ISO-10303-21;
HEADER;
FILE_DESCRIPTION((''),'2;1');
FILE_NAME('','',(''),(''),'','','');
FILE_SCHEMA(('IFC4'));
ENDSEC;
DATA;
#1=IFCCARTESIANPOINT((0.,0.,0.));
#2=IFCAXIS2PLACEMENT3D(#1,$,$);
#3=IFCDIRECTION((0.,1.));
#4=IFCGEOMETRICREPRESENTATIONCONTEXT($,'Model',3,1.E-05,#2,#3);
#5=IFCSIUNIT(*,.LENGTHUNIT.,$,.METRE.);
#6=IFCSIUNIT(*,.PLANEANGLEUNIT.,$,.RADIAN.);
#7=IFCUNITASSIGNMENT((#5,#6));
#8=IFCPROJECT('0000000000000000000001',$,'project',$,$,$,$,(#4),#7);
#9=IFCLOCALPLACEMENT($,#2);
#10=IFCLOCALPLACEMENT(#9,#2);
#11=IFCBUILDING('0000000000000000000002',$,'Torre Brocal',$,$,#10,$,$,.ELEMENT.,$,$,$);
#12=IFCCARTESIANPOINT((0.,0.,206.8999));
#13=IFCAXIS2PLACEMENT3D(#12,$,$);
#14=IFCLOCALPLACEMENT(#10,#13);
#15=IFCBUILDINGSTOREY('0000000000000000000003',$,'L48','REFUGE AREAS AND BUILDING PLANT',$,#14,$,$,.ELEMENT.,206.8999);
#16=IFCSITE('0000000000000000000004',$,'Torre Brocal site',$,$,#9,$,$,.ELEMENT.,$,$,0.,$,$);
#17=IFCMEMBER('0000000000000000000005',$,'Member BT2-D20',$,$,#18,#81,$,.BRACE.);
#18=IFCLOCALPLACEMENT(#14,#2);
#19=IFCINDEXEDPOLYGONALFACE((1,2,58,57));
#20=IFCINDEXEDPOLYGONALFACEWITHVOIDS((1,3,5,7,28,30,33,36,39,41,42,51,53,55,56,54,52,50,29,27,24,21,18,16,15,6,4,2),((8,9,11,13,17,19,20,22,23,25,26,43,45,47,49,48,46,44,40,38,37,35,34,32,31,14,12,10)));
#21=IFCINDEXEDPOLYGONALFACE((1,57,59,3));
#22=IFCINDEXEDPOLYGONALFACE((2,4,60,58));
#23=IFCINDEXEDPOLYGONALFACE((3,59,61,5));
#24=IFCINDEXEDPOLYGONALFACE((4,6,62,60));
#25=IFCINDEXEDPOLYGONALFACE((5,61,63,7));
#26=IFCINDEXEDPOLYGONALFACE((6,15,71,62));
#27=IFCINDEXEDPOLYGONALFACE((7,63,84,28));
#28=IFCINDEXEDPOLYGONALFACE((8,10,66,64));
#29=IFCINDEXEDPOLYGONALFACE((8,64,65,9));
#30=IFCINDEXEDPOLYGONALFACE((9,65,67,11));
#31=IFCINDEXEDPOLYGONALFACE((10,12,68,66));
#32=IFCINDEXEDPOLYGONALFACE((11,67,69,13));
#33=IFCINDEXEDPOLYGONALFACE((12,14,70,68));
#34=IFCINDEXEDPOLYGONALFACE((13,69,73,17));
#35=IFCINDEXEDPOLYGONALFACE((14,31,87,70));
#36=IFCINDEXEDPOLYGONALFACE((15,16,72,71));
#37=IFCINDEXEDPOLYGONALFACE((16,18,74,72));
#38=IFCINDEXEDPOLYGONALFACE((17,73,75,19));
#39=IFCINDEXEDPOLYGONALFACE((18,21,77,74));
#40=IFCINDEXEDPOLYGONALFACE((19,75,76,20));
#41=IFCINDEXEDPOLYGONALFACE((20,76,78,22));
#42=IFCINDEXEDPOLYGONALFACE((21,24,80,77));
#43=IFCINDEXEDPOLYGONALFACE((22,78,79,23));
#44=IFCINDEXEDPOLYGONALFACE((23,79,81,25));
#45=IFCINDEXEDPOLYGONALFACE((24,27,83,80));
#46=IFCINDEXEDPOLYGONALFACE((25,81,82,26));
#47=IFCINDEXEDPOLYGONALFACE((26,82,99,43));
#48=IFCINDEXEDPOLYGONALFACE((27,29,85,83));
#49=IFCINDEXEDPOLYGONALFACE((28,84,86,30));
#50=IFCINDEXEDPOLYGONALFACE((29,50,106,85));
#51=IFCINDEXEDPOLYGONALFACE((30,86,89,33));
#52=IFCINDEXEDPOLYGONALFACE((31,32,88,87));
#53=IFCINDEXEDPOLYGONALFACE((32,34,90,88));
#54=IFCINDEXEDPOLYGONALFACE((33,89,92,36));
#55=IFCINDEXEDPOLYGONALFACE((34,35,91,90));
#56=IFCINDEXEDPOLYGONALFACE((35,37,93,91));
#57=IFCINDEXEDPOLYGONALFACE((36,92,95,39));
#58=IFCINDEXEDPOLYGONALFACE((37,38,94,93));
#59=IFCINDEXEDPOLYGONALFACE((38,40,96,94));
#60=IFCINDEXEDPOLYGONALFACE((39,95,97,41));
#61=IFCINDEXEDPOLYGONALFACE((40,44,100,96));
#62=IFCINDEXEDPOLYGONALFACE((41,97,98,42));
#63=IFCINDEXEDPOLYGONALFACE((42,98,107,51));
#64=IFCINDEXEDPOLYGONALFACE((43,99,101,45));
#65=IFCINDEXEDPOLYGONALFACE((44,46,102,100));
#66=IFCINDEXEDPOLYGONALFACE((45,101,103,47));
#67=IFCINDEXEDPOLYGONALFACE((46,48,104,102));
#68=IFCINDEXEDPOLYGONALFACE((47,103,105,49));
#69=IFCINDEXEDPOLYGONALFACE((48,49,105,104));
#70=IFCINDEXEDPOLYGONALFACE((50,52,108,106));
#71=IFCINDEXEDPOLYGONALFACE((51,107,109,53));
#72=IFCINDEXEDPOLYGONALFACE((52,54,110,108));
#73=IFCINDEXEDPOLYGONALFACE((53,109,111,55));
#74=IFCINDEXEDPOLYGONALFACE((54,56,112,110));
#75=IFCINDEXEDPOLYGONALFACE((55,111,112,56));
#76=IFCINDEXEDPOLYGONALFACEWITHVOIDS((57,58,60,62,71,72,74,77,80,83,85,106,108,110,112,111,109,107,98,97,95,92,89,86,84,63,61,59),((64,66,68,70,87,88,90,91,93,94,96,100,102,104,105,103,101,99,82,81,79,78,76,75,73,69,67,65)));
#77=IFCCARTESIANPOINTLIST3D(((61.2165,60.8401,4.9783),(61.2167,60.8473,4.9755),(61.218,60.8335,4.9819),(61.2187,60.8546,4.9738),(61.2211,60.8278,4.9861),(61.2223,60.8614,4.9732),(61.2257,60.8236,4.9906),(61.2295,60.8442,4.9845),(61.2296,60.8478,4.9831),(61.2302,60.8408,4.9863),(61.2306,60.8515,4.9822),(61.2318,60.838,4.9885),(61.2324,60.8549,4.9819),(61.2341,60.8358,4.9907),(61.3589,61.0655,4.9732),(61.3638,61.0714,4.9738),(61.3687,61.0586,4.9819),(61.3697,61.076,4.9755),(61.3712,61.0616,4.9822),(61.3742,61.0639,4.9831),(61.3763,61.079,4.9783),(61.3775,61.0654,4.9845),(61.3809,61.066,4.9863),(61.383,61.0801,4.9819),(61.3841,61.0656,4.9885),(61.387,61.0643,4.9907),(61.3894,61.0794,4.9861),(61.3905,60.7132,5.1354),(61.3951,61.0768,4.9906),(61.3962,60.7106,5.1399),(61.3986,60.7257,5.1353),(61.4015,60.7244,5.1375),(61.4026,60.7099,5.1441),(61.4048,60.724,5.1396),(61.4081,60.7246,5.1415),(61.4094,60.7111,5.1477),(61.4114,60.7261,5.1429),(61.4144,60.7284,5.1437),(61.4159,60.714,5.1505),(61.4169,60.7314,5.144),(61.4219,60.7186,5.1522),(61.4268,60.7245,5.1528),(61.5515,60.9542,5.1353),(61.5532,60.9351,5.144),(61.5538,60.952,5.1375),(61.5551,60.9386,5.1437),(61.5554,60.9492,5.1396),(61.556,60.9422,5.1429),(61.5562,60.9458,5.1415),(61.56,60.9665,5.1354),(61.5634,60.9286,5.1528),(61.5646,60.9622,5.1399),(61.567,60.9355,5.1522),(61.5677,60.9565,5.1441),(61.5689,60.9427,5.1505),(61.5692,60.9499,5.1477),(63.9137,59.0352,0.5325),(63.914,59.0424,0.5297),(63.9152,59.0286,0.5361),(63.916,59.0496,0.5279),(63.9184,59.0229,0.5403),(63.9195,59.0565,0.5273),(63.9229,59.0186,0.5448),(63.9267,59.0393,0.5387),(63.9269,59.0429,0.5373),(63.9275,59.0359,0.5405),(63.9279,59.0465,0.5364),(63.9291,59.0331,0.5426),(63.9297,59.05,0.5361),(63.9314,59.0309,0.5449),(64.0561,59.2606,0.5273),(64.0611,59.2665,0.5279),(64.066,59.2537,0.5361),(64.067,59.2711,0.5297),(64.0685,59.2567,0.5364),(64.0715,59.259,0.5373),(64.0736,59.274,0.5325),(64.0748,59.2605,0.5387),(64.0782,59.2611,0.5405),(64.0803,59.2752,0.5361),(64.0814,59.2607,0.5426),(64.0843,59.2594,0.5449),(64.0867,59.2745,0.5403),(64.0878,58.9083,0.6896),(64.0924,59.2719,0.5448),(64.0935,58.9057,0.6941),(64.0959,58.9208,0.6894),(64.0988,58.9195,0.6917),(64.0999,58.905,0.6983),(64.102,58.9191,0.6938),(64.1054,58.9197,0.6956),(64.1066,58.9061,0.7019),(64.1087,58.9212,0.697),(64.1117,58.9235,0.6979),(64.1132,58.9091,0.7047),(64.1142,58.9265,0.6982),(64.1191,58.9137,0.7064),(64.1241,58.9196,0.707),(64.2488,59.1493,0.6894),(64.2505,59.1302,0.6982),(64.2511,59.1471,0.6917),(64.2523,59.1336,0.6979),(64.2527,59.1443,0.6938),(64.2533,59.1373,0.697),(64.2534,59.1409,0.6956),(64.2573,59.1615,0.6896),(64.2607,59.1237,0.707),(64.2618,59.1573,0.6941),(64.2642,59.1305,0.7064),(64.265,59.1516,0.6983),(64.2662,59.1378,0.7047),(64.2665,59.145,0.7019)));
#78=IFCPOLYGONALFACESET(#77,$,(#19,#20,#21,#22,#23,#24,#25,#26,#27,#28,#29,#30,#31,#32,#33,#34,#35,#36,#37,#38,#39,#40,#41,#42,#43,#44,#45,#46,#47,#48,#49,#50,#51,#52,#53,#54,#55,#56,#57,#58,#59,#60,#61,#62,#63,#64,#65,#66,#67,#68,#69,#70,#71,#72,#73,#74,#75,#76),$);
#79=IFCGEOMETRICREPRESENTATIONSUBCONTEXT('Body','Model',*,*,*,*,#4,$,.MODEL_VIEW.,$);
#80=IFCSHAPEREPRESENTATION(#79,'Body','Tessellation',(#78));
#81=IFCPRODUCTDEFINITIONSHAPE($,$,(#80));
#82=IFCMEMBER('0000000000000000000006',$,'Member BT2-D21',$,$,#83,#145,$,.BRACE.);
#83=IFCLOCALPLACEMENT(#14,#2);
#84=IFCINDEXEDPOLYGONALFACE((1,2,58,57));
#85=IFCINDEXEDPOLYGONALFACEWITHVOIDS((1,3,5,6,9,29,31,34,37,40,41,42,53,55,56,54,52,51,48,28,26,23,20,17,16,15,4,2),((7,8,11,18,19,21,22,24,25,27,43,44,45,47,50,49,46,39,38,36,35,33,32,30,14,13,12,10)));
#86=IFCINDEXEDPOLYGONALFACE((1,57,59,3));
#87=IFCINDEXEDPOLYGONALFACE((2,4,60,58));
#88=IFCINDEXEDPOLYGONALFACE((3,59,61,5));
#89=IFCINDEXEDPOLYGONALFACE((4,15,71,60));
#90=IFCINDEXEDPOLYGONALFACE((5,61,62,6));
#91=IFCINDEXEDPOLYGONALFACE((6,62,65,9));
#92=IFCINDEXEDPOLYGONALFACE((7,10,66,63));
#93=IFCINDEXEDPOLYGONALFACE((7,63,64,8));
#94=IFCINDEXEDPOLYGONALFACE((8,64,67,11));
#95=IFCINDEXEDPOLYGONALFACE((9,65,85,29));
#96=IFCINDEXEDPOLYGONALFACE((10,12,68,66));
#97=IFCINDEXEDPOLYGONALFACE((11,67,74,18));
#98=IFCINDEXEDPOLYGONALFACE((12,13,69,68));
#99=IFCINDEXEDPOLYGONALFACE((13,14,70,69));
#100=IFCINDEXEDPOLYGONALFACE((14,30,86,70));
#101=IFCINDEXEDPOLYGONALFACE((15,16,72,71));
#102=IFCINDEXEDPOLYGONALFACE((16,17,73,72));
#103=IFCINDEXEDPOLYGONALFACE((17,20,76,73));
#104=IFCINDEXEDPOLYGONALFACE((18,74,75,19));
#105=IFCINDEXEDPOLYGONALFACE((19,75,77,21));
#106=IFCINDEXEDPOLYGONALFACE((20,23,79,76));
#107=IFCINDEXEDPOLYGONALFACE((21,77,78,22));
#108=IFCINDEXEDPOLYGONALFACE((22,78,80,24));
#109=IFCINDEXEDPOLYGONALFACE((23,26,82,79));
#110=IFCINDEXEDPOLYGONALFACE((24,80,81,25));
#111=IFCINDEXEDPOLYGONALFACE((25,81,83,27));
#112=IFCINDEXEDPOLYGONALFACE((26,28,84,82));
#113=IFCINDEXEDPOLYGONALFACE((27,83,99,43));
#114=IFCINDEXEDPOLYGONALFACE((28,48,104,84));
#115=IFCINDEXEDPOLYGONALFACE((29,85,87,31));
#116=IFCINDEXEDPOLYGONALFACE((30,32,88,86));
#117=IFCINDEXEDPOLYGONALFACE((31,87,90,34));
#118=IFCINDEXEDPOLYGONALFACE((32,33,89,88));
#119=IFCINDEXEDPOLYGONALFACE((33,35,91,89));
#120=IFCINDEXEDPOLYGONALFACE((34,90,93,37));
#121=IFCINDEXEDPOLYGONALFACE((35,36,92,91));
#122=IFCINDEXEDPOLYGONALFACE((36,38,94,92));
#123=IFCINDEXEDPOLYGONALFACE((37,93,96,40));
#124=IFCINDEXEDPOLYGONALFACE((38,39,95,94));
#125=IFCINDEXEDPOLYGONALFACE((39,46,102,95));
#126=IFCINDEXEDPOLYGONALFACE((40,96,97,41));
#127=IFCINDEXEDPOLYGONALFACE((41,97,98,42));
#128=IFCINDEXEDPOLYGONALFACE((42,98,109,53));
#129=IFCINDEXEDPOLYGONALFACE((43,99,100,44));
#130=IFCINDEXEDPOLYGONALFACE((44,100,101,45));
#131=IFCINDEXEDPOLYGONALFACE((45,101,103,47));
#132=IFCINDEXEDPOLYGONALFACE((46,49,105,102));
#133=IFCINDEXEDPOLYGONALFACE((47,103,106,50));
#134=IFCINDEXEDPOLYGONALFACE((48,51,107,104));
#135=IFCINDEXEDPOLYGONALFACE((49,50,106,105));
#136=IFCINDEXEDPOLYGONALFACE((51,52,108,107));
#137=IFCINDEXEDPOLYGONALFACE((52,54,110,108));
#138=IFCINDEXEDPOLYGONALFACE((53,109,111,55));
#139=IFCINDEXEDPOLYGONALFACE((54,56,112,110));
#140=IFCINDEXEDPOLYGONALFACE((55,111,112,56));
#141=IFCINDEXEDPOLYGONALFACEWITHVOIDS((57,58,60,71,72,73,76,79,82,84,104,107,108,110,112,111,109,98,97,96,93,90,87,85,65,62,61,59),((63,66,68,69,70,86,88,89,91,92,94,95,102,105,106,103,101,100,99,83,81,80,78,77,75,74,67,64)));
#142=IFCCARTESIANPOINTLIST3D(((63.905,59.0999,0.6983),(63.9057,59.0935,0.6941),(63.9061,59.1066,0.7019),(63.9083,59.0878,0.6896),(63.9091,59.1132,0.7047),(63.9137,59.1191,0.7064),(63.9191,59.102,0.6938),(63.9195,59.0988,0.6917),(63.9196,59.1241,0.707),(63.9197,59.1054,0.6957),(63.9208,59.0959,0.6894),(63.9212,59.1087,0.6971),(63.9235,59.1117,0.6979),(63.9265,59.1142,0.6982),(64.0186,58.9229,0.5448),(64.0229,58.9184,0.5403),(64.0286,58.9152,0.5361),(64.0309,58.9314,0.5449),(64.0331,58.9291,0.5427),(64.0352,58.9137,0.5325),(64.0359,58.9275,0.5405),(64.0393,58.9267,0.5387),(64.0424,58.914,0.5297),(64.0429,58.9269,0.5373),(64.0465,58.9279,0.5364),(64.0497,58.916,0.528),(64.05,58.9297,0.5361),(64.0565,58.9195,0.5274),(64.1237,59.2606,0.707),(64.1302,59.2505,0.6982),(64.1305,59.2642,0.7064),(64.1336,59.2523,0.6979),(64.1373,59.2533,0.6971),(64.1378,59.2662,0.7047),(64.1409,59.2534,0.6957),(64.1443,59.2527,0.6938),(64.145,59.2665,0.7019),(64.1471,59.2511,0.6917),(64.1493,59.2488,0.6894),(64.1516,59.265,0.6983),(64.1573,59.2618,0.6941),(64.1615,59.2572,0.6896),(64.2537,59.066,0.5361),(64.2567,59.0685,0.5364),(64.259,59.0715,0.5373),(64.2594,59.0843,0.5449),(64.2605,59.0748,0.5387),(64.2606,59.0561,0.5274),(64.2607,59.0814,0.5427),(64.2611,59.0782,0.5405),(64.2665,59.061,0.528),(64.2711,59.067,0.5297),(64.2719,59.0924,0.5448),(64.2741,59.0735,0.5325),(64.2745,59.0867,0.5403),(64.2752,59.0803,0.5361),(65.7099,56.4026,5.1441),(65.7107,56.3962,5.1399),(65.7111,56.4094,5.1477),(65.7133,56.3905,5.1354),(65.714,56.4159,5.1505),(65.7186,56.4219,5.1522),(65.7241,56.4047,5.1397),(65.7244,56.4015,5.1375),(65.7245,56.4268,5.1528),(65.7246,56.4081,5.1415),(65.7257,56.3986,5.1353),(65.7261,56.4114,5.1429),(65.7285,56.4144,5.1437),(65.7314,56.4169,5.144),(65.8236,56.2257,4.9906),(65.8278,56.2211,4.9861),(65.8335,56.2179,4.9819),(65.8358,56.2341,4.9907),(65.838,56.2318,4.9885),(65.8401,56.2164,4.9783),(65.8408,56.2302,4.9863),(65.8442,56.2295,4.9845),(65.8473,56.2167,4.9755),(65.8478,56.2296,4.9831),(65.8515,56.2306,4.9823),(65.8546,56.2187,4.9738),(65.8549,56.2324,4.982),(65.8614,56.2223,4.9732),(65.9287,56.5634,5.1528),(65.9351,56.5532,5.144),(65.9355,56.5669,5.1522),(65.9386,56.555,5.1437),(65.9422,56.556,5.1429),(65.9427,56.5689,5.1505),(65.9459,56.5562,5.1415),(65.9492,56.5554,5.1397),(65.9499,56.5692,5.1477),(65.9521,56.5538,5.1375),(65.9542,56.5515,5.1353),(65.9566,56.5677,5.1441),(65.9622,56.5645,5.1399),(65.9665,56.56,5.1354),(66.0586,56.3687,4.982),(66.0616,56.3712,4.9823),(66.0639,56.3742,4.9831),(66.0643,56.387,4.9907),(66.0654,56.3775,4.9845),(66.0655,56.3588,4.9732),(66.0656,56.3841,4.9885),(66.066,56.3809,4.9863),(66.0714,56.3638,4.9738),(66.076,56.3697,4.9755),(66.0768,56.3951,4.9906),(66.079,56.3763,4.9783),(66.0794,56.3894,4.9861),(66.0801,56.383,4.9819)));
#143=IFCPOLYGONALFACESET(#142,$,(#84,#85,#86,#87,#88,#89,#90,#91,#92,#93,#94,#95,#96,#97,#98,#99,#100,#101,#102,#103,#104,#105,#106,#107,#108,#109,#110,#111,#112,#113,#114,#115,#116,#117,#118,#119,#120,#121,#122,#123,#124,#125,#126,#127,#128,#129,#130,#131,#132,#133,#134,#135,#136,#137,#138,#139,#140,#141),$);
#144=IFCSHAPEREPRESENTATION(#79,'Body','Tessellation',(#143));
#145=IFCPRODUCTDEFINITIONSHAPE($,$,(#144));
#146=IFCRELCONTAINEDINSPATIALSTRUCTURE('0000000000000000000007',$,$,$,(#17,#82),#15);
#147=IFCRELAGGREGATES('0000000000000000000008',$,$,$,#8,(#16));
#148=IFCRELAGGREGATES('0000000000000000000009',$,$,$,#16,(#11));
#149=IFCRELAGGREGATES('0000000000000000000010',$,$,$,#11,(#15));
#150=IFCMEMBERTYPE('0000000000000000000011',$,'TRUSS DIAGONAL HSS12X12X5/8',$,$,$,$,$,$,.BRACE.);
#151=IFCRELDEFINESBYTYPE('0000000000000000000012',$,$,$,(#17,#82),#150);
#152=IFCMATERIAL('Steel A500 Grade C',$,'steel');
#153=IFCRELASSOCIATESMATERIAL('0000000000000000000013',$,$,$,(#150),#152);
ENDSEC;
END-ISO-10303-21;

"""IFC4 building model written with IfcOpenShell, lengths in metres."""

from ifc_helpers import new_model, si_unit, direction, frame, origin, origin_2d, place, context, subcontext, project, spatial, hollow_rectangle, extrude, material, material_profile, profile_set, type_object, element, save


model = new_model("IFC4")

# Units and contexts
model_context = context("Model", 3, precision=1e-05, world=origin(), true_north=direction((0.0, 1.0)))
body_context = subcontext(model_context, "Body", "Model", "MODEL_VIEW")
ifc_project = project(units=[si_unit("LENGTHUNIT", "METRE"), si_unit("PLANEANGLEUNIT", "RADIAN")], contexts=[model_context])

# Site, building, storey
site_placement = place(None, origin())
site = spatial("IfcSite", under=ifc_project, at=site_placement, Name="Torre Brocal site", CompositionType="ELEMENT", RefElevation=0.0)
building_placement = place(site_placement, origin())
building = spatial("IfcBuilding", under=site, at=building_placement, Name="Torre Brocal", CompositionType="ELEMENT")
storey_placement = place(building_placement, frame((0.0, 0.0, 206.8999)))
storey = spatial("IfcBuildingStorey", under=building, at=storey_placement, Name="L48", Description="REFUGE AREAS AND BUILDING PLANT", CompositionType="ELEMENT", Elevation=206.8999)

# Members
ifc_material_1 = material(Name="Steel A500 Grade C", Category="steel")
ifc_material_profile_1 = material_profile(ifc_material_1, hollow_rectangle(XDim=0.3047, YDim=0.3047, WallThickness=0.0149, InnerFilletRadius=0.0149, OuterFilletRadius=0.0295, at=origin_2d()), Name="HSS12X12X5/8")
ifc_profile_set_1 = profile_set([ifc_material_profile_1], Name="Steel A500 Grade C")
member_type_1 = type_object("IfcMemberType", Name="TRUSS DIAGONAL HSS12X12X5/8", PredefinedType="BRACE", material=ifc_profile_set_1)
for number, where, z_axis, x_axis, name in (
    (1, (61.3928, 60.895, 5.063), (0.490022, -0.327908, -0.807685), (0.55614, 0.831088, 0.0), "Member BT2-D20"),
    (2, (64.0901, 59.0901, 0.6172), (0.327908, -0.490022, 0.807685), (0.831088, 0.55614, 0.0), "Member BT2-D21"),
):
    element("IfcMember", number, at=place(storey_placement, frame(where, z_axis=z_axis, x_axis=x_axis)), inside=storey, type_object=member_type_1, Name=name, PredefinedType="BRACE", context=body_context, shape_type="SweptSolid", body=[
        extrude(hollow_rectangle(XDim=0.3047, YDim=0.3047, WallThickness=0.0149, InnerFilletRadius=0.0149, OuterFilletRadius=0.0295, at=origin_2d()), origin(), (0.0, 0.0, 1.0), 5.5044),
    ])

save(model, "model.ifc")
